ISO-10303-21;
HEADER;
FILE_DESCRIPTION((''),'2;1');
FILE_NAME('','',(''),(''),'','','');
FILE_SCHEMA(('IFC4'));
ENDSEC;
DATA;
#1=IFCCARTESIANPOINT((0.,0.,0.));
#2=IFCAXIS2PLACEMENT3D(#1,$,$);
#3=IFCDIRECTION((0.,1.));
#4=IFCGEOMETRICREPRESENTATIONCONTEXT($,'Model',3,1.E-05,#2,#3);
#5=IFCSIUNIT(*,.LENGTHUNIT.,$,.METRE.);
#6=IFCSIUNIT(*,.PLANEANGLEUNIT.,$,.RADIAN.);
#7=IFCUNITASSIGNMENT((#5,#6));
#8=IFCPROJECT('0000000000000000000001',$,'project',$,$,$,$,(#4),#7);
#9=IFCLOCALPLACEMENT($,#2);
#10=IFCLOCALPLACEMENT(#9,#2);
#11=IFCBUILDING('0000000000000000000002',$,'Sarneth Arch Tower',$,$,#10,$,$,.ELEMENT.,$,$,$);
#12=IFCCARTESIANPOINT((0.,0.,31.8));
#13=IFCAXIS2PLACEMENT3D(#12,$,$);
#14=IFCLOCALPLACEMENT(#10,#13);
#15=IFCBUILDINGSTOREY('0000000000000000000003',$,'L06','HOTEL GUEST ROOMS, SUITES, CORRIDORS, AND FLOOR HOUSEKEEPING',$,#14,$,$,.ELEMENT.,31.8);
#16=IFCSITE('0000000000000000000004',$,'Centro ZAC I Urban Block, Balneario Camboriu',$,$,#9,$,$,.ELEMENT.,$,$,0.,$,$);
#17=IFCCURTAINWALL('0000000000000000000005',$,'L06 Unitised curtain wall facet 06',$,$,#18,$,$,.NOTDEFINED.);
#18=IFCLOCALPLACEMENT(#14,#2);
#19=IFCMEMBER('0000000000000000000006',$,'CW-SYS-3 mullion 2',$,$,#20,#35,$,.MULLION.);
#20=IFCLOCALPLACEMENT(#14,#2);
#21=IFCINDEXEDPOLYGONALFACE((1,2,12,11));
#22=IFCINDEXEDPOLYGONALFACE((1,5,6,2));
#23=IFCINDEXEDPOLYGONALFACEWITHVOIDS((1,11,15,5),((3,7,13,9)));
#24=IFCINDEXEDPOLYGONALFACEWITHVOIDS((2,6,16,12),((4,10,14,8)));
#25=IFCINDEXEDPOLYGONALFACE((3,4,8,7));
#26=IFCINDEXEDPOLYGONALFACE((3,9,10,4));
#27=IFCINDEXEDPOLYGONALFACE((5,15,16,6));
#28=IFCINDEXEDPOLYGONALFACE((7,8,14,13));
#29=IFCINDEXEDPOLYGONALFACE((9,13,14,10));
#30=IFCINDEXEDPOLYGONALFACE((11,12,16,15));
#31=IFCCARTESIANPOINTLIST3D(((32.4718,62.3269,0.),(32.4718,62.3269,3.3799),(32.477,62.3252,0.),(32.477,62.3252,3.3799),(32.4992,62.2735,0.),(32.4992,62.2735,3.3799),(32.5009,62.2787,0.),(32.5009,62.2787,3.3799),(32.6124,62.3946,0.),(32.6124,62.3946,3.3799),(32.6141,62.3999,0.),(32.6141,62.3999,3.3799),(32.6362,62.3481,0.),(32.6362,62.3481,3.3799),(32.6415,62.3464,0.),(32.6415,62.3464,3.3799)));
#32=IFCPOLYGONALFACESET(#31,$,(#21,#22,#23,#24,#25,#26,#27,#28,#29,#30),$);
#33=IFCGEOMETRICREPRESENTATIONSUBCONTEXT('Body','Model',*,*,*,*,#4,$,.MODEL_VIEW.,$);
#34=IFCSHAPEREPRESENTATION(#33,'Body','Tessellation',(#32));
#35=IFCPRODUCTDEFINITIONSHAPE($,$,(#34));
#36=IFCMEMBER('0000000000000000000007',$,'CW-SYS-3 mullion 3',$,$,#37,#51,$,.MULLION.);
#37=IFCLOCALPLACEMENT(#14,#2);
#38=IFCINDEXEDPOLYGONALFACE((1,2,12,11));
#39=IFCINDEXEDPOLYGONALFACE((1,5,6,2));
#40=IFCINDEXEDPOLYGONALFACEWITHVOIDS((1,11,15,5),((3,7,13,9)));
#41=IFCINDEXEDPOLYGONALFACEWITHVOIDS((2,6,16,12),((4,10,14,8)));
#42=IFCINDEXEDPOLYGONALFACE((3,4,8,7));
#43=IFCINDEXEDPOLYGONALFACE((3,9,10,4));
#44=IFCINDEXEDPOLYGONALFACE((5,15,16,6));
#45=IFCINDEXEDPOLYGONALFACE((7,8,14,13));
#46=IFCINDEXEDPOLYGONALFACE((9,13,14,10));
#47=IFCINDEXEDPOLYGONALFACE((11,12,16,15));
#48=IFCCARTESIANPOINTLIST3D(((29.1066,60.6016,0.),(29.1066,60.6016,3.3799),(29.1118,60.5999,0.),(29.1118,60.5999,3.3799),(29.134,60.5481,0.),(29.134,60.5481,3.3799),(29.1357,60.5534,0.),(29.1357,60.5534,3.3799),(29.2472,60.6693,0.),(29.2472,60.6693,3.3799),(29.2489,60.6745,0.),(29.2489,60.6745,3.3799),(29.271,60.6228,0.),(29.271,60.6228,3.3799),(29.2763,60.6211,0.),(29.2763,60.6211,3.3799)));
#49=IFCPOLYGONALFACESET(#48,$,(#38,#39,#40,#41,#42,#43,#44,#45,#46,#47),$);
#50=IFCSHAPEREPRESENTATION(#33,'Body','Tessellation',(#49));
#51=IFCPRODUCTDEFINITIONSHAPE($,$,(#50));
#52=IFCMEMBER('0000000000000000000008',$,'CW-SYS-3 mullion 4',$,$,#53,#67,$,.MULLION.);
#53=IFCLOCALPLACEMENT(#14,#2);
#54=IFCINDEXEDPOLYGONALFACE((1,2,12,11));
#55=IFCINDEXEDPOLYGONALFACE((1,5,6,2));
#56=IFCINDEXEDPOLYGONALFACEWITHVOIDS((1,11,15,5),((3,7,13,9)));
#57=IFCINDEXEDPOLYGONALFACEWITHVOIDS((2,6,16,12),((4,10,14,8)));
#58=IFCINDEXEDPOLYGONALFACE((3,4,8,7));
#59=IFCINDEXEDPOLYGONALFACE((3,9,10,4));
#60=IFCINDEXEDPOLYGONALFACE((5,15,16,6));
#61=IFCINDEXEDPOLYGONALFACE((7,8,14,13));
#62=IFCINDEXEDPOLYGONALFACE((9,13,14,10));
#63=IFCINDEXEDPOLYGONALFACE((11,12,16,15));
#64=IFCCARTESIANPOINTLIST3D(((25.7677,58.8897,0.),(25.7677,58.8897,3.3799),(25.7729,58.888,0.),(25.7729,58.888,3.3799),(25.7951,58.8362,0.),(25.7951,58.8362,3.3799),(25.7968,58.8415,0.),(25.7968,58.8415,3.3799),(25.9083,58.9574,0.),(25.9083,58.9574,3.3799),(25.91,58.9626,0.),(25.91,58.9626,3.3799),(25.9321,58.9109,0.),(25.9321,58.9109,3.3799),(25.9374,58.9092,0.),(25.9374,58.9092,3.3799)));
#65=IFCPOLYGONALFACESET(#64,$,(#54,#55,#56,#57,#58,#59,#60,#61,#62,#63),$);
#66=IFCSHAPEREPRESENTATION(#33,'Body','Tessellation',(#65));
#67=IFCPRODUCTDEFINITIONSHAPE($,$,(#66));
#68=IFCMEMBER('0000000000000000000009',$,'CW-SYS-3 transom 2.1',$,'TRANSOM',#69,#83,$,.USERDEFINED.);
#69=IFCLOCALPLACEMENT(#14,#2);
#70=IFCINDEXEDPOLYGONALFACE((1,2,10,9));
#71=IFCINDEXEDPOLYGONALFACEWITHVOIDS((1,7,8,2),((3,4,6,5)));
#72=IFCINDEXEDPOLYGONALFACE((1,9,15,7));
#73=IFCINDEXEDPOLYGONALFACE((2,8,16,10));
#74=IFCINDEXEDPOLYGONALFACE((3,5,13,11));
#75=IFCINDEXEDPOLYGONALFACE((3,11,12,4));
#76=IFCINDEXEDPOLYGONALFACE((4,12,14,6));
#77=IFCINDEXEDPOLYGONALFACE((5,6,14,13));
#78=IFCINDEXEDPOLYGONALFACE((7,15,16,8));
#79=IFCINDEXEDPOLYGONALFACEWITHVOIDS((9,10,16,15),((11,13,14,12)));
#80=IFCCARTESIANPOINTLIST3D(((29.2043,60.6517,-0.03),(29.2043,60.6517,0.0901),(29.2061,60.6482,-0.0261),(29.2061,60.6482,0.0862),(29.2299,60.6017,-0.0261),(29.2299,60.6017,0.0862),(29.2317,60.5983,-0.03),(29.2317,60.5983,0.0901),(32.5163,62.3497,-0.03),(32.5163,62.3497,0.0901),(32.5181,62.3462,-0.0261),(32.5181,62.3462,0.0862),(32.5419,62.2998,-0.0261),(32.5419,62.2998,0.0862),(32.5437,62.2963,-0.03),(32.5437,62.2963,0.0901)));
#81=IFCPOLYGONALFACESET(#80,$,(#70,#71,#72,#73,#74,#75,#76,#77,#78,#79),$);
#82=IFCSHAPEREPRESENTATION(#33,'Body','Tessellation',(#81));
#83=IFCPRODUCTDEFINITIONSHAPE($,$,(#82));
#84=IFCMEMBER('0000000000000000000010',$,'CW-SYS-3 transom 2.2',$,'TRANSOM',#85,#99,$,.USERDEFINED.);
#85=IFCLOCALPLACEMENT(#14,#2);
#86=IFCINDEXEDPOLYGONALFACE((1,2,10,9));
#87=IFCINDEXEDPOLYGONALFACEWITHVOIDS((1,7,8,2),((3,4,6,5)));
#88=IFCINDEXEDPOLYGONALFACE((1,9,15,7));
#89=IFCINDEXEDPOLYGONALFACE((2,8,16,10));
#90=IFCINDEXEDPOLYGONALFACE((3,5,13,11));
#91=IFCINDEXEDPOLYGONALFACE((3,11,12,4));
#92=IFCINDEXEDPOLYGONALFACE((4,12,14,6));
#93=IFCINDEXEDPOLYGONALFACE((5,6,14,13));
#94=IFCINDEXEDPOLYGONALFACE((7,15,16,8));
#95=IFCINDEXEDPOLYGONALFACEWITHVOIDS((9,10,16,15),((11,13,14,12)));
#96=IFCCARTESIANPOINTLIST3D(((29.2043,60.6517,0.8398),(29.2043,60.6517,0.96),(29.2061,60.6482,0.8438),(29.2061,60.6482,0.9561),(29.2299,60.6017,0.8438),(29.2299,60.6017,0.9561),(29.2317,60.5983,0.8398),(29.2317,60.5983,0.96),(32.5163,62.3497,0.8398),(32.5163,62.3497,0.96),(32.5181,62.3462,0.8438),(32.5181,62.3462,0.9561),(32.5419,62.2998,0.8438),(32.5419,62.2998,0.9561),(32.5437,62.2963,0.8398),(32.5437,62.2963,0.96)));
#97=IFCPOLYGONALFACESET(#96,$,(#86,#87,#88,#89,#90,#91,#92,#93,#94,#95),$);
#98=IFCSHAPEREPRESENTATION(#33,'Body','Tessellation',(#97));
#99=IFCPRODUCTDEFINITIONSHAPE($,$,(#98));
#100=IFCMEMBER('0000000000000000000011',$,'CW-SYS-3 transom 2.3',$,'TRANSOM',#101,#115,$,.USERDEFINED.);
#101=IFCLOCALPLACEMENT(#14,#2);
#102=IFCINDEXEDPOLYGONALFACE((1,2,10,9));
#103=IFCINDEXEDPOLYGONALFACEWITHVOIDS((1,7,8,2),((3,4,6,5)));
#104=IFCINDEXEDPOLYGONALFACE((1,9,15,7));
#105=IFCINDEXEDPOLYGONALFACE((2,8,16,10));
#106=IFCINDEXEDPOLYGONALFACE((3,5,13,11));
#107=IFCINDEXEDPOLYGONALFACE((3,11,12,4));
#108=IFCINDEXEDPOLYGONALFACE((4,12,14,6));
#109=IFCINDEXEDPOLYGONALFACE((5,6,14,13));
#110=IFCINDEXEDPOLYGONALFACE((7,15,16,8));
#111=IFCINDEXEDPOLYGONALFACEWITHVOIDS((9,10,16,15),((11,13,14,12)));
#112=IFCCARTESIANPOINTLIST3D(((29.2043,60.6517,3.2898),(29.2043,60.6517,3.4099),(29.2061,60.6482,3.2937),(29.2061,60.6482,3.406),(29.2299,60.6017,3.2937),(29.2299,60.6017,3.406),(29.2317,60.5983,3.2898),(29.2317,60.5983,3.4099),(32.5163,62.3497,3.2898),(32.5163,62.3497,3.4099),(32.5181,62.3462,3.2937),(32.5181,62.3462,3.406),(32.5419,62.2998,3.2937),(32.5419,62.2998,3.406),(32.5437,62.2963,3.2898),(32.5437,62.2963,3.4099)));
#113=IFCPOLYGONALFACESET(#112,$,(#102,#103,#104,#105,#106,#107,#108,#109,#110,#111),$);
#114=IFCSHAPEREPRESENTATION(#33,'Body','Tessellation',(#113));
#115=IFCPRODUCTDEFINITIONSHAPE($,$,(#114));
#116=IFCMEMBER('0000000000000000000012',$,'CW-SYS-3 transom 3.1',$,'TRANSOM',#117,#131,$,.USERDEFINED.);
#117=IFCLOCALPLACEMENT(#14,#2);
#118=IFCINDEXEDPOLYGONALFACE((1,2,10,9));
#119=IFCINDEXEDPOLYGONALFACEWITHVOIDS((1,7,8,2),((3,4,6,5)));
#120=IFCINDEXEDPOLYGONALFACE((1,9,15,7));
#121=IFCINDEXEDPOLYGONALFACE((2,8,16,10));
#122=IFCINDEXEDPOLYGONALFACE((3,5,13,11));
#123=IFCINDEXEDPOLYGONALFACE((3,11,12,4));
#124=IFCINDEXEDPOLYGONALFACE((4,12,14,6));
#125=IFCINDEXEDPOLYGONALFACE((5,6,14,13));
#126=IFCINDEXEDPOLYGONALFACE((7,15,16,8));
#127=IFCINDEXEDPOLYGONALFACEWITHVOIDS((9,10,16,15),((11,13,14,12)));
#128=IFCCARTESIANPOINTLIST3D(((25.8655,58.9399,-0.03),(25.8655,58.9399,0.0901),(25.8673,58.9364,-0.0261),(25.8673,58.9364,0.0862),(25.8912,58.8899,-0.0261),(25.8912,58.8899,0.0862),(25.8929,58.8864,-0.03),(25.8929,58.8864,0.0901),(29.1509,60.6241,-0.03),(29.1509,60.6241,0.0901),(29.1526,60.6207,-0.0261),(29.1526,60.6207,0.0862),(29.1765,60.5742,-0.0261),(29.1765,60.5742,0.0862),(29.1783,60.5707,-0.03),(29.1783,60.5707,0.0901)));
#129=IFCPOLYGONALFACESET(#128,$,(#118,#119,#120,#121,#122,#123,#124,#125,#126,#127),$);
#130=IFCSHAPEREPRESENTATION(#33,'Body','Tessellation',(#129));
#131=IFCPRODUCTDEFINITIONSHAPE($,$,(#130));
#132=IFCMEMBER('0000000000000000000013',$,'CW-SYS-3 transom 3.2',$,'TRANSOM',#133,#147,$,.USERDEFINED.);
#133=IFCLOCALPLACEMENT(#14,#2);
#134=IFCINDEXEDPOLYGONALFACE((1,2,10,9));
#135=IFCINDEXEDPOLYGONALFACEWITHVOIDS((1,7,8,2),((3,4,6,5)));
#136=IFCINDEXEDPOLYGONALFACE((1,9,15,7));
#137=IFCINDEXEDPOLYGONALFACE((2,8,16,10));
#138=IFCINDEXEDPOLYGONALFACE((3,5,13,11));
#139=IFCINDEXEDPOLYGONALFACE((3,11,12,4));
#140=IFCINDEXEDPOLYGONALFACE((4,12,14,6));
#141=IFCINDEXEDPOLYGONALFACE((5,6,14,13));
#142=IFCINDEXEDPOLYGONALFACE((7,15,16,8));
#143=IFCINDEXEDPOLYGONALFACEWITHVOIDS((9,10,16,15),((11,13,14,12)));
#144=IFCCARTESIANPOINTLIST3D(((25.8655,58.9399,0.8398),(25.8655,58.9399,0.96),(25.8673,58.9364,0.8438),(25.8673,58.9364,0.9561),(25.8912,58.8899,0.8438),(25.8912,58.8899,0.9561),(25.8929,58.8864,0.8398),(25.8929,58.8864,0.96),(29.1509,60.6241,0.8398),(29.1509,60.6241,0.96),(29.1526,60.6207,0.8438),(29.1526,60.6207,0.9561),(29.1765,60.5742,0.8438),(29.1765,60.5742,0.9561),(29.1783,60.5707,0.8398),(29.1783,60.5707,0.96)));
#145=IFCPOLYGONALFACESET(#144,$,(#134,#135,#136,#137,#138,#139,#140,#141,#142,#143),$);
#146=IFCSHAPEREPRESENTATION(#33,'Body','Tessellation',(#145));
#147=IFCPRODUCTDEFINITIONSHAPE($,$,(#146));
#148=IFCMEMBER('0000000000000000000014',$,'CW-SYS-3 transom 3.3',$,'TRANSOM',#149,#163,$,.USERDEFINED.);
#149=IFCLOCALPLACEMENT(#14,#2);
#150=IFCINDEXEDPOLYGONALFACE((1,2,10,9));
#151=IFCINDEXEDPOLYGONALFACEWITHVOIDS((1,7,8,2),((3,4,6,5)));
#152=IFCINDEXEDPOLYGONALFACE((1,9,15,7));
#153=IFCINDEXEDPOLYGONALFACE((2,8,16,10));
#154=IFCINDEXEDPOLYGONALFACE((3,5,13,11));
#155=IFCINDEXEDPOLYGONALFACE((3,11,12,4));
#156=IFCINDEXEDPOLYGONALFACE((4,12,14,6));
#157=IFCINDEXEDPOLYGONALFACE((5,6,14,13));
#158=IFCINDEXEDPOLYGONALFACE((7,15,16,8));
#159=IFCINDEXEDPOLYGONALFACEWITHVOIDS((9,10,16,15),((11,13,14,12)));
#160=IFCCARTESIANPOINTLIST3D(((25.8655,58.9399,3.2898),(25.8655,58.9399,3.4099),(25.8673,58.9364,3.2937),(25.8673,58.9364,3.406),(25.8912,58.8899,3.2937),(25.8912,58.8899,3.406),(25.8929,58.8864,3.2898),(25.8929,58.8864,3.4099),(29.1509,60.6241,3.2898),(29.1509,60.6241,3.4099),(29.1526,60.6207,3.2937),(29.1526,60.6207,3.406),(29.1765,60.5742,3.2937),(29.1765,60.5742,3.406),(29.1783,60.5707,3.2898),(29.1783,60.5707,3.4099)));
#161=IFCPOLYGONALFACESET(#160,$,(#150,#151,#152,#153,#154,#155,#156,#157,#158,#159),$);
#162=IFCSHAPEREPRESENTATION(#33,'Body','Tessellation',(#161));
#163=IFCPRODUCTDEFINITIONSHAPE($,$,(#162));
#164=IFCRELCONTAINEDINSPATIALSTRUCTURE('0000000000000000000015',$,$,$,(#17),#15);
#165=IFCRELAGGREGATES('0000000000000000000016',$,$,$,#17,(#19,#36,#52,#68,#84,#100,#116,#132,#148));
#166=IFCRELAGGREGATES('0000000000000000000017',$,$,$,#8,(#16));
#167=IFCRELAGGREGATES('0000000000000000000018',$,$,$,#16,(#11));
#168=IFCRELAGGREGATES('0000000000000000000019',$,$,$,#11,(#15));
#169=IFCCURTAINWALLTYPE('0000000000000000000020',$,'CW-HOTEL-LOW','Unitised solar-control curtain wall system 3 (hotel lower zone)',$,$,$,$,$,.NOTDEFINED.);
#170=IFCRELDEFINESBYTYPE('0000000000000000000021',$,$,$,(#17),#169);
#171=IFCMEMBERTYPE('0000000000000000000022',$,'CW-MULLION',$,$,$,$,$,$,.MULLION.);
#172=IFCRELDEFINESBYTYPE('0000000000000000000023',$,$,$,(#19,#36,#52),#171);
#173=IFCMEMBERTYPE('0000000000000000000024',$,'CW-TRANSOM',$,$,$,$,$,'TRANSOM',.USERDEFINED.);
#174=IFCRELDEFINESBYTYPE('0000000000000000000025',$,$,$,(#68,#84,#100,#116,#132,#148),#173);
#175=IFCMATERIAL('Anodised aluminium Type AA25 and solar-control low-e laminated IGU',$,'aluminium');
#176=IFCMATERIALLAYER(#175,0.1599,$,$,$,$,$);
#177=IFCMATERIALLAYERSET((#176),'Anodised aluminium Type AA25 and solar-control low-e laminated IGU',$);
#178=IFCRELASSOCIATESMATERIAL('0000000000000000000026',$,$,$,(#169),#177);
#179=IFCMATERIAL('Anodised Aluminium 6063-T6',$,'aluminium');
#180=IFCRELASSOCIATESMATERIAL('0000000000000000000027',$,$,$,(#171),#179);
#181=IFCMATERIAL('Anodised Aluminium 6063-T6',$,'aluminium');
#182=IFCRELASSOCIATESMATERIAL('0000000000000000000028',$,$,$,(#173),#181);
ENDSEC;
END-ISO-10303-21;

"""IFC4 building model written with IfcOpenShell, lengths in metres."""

from ifc_helpers import new_model, si_unit, direction, frame, origin, origin_2d, place, context, subcontext, project, spatial, hollow_rectangle, extrude, material, layer, layer_set, material_profile, profile_set, type_object, element, aggregate, save


model = new_model("IFC4")

# Units and contexts
model_context = context("Model", 3, precision=1e-05, world=origin(), true_north=direction((0.0, 1.0)))
body_context = subcontext(model_context, "Body", "Model", "MODEL_VIEW")
ifc_project = project(units=[si_unit("LENGTHUNIT", "METRE"), si_unit("PLANEANGLEUNIT", "RADIAN")], contexts=[model_context])

# Site, building, storey
site_placement = place(None, origin())
site = spatial("IfcSite", under=ifc_project, at=site_placement, Name="Centro ZAC I Urban Block, Balneario Camboriu", CompositionType="ELEMENT", RefElevation=0.0)
building_placement = place(site_placement, origin())
building = spatial("IfcBuilding", under=site, at=building_placement, Name="Sarneth Arch Tower", CompositionType="ELEMENT")
storey_placement = place(building_placement, frame((0.0, 0.0, 31.8)))
storey = spatial("IfcBuildingStorey", under=building, at=storey_placement, Name="L06", Description="HOTEL GUEST ROOMS, SUITES, CORRIDORS, AND FLOOR HOUSEKEEPING", CompositionType="ELEMENT", Elevation=31.8)

# Curtain wall, members
ifc_material_1 = material(Name="Anodised aluminium Type AA25 and solar-control low-e laminated IGU", Category="aluminium")
ifc_layer_1 = layer(ifc_material_1, 0.1599)
ifc_layer_set_1 = layer_set([ifc_layer_1], Name="Anodised aluminium Type AA25 and solar-control low-e laminated IGU")
curtain_wall_type = type_object("IfcCurtainWallType", Name="CW-HOTEL-LOW", Description="Unitised solar-control curtain wall system 3 (hotel lower zone)", PredefinedType="NOTDEFINED", material=ifc_layer_set_1)
curtain_wall_placement = place(storey_placement, origin())
curtain_wall = element("IfcCurtainWall", 1, at=curtain_wall_placement, inside=storey, type_object=curtain_wall_type, Name="L06 Unitised curtain wall facet 06", PredefinedType="NOTDEFINED")
ifc_material_2 = material(Name="Anodised Aluminium 6063-T6", Category="aluminium")
ifc_material_profile_1 = material_profile(ifc_material_2, hollow_rectangle(XDim=0.0601, YDim=0.1599, WallThickness=0.0039, at=origin_2d()), Name="AL-MULL-160x60x4")
ifc_profile_set_1 = profile_set([ifc_material_profile_1], Name="Anodised Aluminium 6063-T6")
member_type_1 = type_object("IfcMemberType", Name="CW-MULLION", PredefinedType="MULLION", material=ifc_profile_set_1)
member_1_placement = place(storey_placement, frame((32.5566, 62.3367, 0.0), z_axis=(0.0, 0.0, 1.0), x_axis=(0.456245, -0.889854, 0.0)))
member_1 = element("IfcMember", 2, at=member_1_placement, type_object=member_type_1, Name="CW-SYS-3 mullion 2", PredefinedType="MULLION", context=body_context, shape_type="SweptSolid", body=[
    extrude(hollow_rectangle(XDim=0.0601, YDim=0.1599, WallThickness=0.0039, at=origin_2d()), origin(), (0.0, 0.0, 1.0), 3.3799),
])
member_2_placement = place(storey_placement, frame((29.1914, 60.6113, 0.0), z_axis=(0.0, 0.0, 1.0), x_axis=(0.456245, -0.889854, 0.0)))
member_2 = element("IfcMember", 3, at=member_2_placement, type_object=member_type_1, Name="CW-SYS-3 mullion 3", PredefinedType="MULLION", context=body_context, shape_type="SweptSolid", body=[
    extrude(hollow_rectangle(XDim=0.0601, YDim=0.1599, WallThickness=0.0039, at=origin_2d()), origin(), (0.0, 0.0, 1.0), 3.3799),
])
member_3_placement = place(storey_placement, frame((25.8525, 58.8994, 0.0), z_axis=(0.0, 0.0, 1.0), x_axis=(0.456245, -0.889854, 0.0)))
member_3 = element("IfcMember", 4, at=member_3_placement, type_object=member_type_1, Name="CW-SYS-3 mullion 4", PredefinedType="MULLION", context=body_context, shape_type="SweptSolid", body=[
    extrude(hollow_rectangle(XDim=0.0601, YDim=0.1599, WallThickness=0.0039, at=origin_2d()), origin(), (0.0, 0.0, 1.0), 3.3799),
])
ifc_material_3 = material(Name="Anodised Aluminium 6063-T6", Category="aluminium")
ifc_material_profile_2 = material_profile(ifc_material_3, hollow_rectangle(XDim=0.0601, YDim=0.1201, WallThickness=0.0039, at=origin_2d()), Name="AL-TRAN-120x60x4")
ifc_profile_set_2 = profile_set([ifc_material_profile_2], Name="Anodised Aluminium 6063-T6")
member_type_2 = type_object("IfcMemberType", Name="CW-TRANSOM", ElementType="TRANSOM", PredefinedType="USERDEFINED", material=ifc_profile_set_2)
member_4_placement = place(storey_placement, frame((32.53, 62.323, 0.03), z_axis=(-0.889869, -0.456217, 0.0), x_axis=(0.456217, -0.889869, 0.0)))
member_4 = element("IfcMember", 5, at=member_4_placement, type_object=member_type_2, Name="CW-SYS-3 transom 2.1", ObjectType="TRANSOM", PredefinedType="USERDEFINED", context=body_context, shape_type="SweptSolid", body=[
    extrude(hollow_rectangle(XDim=0.0601, YDim=0.1201, WallThickness=0.0039, at=origin_2d()), origin(), (0.0, 0.0, 1.0), 3.7219),
])
member_5_placement = place(storey_placement, frame((32.53, 62.323, 0.8999), z_axis=(-0.889869, -0.456217, 0.0), x_axis=(0.456217, -0.889869, 0.0)))
member_5 = element("IfcMember", 6, at=member_5_placement, type_object=member_type_2, Name="CW-SYS-3 transom 2.2", ObjectType="TRANSOM", PredefinedType="USERDEFINED", context=body_context, shape_type="SweptSolid", body=[
    extrude(hollow_rectangle(XDim=0.0601, YDim=0.1201, WallThickness=0.0039, at=origin_2d()), origin(), (0.0, 0.0, 1.0), 3.7219),
])
member_6_placement = place(storey_placement, frame((32.53, 62.323, 3.3499), z_axis=(-0.889869, -0.456217, 0.0), x_axis=(0.456217, -0.889869, 0.0)))
member_6 = element("IfcMember", 7, at=member_6_placement, type_object=member_type_2, Name="CW-SYS-3 transom 2.3", ObjectType="TRANSOM", PredefinedType="USERDEFINED", context=body_context, shape_type="SweptSolid", body=[
    extrude(hollow_rectangle(XDim=0.0601, YDim=0.1201, WallThickness=0.0039, at=origin_2d()), origin(), (0.0, 0.0, 1.0), 3.7219),
])
member_7_placement = place(storey_placement, frame((29.1646, 60.5974, 0.03), z_axis=(-0.889872, -0.456211, 0.0), x_axis=(0.456211, -0.889872, 0.0)))
member_7 = element("IfcMember", 8, at=member_7_placement, type_object=member_type_2, Name="CW-SYS-3 transom 3.1", ObjectType="TRANSOM", PredefinedType="USERDEFINED", context=body_context, shape_type="SweptSolid", body=[
    extrude(hollow_rectangle(XDim=0.0601, YDim=0.1201, WallThickness=0.0039, at=origin_2d()), origin(), (0.0, 0.0, 1.0), 3.6919),
])
member_8_placement = place(storey_placement, frame((29.1646, 60.5974, 0.8999), z_axis=(-0.889872, -0.456211, 0.0), x_axis=(0.456211, -0.889872, 0.0)))
member_8 = element("IfcMember", 9, at=member_8_placement, type_object=member_type_2, Name="CW-SYS-3 transom 3.2", ObjectType="TRANSOM", PredefinedType="USERDEFINED", context=body_context, shape_type="SweptSolid", body=[
    extrude(hollow_rectangle(XDim=0.0601, YDim=0.1201, WallThickness=0.0039, at=origin_2d()), origin(), (0.0, 0.0, 1.0), 3.6919),
])
member_9_placement = place(storey_placement, frame((29.1646, 60.5974, 3.3499), z_axis=(-0.889872, -0.456211, 0.0), x_axis=(0.456211, -0.889872, 0.0)))
member_9 = element("IfcMember", 10, at=member_9_placement, type_object=member_type_2, Name="CW-SYS-3 transom 3.3", ObjectType="TRANSOM", PredefinedType="USERDEFINED", context=body_context, shape_type="SweptSolid", body=[
    extrude(hollow_rectangle(XDim=0.0601, YDim=0.1201, WallThickness=0.0039, at=origin_2d()), origin(), (0.0, 0.0, 1.0), 3.6919),
])

aggregate(curtain_wall, [member_1, member_2, member_3, member_4, member_5, member_6, member_7, member_8, member_9])

save(model, "model.ifc")
